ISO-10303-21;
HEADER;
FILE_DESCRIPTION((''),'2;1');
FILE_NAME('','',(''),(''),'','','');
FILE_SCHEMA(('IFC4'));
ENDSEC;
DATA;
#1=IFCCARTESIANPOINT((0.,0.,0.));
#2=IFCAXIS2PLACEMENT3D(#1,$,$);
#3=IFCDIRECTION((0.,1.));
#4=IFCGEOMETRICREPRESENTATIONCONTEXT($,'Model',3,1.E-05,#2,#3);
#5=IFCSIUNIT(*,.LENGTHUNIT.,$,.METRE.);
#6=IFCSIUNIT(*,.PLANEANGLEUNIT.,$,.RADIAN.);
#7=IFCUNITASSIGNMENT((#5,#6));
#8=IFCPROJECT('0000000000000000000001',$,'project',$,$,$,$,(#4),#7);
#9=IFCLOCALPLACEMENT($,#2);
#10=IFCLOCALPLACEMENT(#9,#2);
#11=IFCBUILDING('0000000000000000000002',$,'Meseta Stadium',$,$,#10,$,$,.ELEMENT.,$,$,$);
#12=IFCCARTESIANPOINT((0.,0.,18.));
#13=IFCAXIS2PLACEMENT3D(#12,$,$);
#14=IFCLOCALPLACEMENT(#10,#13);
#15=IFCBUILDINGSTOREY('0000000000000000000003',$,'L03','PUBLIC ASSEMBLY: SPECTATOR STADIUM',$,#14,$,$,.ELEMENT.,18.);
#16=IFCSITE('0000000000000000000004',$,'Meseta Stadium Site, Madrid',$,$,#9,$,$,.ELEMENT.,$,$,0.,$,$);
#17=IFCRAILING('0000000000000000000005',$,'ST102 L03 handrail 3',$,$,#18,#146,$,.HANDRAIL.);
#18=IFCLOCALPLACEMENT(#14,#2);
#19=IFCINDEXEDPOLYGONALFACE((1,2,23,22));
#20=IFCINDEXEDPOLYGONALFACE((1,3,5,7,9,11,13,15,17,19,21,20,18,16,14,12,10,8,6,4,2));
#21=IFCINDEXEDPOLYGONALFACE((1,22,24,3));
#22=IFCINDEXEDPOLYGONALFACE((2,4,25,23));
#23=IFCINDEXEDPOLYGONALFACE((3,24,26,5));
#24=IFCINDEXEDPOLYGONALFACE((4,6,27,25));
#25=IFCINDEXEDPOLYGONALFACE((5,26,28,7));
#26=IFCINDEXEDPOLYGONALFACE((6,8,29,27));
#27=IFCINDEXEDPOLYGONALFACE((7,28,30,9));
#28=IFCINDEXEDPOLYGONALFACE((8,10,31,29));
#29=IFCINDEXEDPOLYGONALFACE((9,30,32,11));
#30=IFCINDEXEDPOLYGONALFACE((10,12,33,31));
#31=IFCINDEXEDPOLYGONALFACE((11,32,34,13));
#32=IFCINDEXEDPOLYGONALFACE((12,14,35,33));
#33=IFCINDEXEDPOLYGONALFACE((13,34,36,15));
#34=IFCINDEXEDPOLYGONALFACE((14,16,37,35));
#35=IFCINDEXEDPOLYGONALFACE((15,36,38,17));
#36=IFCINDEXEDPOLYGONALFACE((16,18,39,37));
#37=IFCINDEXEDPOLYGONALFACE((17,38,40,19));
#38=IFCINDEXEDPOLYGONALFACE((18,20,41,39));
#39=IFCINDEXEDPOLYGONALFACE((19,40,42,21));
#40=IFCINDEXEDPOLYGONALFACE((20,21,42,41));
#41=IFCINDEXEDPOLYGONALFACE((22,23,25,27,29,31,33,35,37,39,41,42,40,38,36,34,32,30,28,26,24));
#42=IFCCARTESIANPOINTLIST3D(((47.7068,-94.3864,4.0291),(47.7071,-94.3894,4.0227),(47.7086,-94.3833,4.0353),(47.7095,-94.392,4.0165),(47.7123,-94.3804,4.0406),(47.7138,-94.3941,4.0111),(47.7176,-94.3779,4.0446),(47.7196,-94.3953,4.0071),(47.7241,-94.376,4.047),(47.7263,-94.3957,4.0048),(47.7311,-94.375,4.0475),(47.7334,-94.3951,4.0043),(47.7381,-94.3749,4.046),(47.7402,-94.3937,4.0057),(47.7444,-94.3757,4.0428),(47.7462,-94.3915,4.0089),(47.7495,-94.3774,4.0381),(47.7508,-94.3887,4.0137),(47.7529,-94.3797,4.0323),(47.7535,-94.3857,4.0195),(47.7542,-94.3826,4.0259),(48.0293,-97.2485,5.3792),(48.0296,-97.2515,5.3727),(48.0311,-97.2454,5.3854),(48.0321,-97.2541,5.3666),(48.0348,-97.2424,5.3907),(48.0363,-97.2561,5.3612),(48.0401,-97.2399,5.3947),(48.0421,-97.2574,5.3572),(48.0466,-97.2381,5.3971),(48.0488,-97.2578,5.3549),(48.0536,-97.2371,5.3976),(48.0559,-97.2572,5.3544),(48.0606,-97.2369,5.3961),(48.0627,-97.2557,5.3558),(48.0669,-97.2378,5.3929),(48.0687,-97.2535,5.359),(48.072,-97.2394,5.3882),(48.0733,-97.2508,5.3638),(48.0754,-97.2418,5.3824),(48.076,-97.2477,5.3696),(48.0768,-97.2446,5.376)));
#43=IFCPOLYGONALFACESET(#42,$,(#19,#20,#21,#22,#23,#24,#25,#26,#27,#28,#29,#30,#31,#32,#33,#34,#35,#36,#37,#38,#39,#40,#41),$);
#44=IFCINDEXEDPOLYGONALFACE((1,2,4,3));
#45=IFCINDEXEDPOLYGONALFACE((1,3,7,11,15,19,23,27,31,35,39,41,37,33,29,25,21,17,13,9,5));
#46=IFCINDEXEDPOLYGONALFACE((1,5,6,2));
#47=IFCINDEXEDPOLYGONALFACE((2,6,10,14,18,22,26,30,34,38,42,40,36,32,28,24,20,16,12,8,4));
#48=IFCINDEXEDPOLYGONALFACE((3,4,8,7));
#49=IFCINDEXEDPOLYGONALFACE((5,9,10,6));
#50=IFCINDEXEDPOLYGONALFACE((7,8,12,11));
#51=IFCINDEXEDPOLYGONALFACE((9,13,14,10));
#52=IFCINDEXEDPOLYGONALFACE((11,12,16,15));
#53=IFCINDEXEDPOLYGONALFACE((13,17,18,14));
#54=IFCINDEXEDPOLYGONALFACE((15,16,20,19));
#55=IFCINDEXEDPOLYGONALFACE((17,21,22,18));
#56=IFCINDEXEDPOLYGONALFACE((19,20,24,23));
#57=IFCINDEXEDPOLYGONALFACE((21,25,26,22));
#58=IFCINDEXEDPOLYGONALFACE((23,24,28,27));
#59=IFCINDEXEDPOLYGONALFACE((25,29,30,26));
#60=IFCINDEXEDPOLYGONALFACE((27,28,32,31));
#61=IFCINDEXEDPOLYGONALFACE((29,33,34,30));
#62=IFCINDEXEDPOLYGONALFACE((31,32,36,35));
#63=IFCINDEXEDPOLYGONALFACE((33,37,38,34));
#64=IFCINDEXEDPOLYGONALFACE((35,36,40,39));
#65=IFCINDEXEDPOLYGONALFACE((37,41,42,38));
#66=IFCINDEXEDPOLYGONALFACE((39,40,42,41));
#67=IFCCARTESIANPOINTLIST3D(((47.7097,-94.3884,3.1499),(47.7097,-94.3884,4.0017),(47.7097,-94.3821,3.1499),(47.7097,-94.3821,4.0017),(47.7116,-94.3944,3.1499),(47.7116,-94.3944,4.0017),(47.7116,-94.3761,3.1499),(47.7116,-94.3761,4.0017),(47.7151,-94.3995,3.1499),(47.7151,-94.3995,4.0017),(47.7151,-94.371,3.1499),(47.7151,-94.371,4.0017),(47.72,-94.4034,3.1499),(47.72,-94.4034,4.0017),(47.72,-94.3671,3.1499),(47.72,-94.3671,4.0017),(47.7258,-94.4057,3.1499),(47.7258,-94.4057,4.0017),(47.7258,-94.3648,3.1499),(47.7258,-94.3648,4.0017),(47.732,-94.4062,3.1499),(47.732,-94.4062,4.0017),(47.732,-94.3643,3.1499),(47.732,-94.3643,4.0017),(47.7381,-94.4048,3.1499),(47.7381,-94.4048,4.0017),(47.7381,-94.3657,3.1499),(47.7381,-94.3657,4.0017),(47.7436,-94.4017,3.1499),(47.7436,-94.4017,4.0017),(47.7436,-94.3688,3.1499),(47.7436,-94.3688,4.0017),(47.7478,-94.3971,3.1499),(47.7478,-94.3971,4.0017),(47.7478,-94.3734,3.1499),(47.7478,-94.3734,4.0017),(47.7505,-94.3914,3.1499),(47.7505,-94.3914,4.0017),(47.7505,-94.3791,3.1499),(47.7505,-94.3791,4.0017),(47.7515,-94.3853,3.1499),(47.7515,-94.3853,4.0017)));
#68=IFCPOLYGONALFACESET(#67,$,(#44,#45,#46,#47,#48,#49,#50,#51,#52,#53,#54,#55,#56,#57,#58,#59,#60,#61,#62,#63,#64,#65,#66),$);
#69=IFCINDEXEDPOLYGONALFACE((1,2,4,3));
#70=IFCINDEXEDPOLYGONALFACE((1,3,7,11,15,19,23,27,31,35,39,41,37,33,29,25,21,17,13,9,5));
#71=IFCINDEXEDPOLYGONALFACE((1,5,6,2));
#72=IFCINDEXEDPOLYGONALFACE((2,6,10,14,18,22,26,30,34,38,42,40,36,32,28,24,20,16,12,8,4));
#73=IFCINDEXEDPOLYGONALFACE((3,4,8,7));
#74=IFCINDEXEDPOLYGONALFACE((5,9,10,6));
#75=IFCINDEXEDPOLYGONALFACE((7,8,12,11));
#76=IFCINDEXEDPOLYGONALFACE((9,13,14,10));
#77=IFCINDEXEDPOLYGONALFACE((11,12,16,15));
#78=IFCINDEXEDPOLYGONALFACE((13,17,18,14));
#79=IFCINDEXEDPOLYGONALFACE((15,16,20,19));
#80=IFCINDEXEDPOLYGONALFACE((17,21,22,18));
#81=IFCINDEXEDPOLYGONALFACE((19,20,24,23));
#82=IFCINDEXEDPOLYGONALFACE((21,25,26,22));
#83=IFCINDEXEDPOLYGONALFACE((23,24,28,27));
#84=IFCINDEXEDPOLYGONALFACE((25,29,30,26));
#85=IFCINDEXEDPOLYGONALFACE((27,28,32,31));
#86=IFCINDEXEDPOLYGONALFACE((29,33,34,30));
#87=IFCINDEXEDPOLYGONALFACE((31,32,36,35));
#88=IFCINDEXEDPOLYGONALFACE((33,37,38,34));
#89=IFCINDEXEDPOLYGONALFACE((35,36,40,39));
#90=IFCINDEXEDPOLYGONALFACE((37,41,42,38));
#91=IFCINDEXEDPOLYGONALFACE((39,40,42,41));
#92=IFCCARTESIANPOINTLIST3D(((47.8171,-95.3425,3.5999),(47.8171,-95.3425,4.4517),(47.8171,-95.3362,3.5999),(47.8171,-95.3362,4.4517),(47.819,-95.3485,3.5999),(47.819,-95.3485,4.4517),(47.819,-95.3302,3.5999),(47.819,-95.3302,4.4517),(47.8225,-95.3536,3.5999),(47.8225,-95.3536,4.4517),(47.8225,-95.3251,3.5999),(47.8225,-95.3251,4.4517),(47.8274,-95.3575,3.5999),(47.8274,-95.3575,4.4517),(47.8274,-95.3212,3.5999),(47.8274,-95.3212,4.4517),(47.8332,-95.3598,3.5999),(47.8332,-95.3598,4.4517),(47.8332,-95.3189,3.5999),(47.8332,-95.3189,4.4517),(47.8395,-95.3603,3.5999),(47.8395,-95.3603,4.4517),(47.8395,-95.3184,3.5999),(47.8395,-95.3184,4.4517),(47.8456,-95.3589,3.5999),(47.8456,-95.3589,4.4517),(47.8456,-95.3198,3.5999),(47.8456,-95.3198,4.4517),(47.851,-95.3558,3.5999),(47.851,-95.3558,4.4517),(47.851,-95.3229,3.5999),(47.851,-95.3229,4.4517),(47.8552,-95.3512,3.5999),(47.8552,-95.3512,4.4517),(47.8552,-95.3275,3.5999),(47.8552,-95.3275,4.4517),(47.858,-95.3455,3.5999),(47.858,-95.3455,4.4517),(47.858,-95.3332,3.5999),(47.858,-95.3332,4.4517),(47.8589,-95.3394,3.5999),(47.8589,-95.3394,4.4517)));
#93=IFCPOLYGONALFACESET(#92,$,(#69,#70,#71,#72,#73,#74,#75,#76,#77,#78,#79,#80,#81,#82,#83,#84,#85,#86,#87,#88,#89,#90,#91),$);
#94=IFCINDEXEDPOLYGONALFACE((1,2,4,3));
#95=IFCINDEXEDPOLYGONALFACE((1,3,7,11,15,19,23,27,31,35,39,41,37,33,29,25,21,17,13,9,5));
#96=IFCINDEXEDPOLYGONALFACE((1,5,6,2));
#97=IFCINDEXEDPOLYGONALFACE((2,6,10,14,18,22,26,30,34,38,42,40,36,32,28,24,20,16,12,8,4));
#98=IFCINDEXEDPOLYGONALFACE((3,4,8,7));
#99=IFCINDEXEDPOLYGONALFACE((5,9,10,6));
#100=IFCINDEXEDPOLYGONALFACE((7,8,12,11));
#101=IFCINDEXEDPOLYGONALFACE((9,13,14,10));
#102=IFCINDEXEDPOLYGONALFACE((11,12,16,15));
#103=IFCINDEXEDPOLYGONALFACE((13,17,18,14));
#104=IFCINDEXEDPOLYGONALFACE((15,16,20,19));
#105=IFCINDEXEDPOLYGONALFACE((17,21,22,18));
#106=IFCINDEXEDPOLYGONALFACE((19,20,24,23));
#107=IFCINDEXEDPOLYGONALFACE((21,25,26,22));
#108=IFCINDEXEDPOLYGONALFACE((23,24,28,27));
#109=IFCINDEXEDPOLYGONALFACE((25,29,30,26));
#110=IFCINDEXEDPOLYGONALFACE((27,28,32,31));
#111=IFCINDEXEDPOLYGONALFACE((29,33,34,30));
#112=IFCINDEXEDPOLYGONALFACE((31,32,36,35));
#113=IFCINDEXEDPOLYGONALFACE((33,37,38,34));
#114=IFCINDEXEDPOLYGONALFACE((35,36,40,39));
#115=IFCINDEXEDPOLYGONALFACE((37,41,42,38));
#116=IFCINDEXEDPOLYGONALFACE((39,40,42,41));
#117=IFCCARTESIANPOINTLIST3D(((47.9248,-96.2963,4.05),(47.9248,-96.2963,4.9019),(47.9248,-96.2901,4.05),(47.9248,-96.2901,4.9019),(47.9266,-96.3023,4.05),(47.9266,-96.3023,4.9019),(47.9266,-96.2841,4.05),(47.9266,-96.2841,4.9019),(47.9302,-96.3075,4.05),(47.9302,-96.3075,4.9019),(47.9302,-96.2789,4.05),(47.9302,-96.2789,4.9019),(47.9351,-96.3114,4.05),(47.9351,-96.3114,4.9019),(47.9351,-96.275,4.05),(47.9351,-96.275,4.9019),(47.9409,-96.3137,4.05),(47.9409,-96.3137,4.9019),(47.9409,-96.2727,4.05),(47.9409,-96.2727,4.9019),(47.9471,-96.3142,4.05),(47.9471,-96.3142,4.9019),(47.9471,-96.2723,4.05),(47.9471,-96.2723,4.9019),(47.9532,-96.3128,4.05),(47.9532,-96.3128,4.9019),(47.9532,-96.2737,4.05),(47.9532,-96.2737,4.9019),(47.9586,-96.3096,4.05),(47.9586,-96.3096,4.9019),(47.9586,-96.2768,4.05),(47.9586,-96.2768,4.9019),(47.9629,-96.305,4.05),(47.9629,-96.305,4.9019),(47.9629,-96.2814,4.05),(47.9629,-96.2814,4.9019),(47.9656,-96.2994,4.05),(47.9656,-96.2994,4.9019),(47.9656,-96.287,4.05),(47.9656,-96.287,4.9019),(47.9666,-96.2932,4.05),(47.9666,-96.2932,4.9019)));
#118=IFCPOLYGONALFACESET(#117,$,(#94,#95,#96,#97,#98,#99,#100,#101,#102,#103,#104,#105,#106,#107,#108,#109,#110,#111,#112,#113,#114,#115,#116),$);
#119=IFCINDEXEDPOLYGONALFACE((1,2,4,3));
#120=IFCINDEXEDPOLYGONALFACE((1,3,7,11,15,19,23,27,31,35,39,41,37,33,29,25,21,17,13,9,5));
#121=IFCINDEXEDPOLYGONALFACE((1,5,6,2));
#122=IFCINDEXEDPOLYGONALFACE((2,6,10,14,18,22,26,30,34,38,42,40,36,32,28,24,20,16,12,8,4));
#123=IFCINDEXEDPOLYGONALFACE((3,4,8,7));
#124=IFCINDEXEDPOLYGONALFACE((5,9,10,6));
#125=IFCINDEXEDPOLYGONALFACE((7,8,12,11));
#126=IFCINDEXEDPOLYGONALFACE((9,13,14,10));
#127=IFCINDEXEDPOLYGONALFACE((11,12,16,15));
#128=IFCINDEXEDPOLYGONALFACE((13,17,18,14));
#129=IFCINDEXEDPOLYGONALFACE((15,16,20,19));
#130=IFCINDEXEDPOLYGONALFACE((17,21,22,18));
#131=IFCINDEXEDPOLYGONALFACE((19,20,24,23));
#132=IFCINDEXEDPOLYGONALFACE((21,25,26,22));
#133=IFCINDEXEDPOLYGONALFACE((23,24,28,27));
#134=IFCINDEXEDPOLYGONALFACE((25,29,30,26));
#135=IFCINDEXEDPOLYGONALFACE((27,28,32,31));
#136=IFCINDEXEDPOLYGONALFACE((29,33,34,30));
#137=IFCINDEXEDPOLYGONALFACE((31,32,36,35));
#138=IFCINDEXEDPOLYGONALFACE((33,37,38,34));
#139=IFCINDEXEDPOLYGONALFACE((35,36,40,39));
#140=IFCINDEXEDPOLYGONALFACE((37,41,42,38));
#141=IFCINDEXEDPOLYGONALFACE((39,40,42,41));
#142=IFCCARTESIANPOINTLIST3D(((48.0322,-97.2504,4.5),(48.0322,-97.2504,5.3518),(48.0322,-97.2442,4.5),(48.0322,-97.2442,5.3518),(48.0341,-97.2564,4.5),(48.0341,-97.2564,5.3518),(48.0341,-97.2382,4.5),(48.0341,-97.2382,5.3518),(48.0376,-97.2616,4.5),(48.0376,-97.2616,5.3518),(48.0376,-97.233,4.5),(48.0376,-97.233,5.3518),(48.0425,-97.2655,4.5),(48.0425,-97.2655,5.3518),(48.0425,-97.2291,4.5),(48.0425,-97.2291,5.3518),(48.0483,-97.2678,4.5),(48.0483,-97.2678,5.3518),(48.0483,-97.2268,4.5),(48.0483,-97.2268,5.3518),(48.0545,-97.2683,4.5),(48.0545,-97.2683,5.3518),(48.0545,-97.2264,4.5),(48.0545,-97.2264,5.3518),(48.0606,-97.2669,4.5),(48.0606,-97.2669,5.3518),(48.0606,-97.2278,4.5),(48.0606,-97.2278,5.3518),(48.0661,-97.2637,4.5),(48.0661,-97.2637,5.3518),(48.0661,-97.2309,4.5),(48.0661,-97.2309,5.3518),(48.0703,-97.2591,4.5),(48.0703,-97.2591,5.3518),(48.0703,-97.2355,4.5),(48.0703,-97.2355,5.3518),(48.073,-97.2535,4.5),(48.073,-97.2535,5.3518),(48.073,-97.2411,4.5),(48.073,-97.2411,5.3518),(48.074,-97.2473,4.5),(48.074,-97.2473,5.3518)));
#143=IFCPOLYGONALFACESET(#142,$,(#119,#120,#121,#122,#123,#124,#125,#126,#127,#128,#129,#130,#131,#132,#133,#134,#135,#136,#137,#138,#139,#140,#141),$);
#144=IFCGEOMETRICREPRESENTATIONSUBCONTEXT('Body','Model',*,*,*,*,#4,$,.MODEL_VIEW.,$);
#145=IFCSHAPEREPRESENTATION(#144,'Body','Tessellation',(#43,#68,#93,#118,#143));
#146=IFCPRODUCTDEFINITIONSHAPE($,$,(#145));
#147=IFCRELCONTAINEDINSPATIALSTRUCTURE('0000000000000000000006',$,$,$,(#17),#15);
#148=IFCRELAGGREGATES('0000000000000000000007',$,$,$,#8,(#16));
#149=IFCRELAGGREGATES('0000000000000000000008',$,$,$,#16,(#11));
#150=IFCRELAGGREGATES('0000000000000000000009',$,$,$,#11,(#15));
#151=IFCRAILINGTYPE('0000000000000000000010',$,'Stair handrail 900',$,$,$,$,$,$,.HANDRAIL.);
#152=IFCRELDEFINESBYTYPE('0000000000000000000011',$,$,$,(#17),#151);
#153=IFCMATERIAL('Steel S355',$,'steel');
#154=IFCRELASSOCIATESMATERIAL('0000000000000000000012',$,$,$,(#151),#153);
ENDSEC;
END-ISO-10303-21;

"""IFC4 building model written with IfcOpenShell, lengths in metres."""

from ifc_helpers import new_model, si_unit, direction, frame, origin, origin_2d, place, context, subcontext, project, spatial, circle, extrude, material, type_object, element, save


model = new_model("IFC4")

# Units and contexts
model_context = context("Model", 3, precision=1e-05, world=origin(), true_north=direction((0.0, 1.0)))
body_context = subcontext(model_context, "Body", "Model", "MODEL_VIEW")
ifc_project = project(units=[si_unit("LENGTHUNIT", "METRE"), si_unit("PLANEANGLEUNIT", "RADIAN")], contexts=[model_context])

# Site, building, storey
site_placement = place(None, origin())
site = spatial("IfcSite", under=ifc_project, at=site_placement, Name="Meseta Stadium Site, Madrid", CompositionType="ELEMENT", RefElevation=0.0)
building_placement = place(site_placement, origin())
building = spatial("IfcBuilding", under=site, at=building_placement, Name="Meseta Stadium", CompositionType="ELEMENT")
storey_placement = place(building_placement, frame((0.0, 0.0, 18.0)))
storey = spatial("IfcBuildingStorey", under=building, at=storey_placement, Name="L03", Description="PUBLIC ASSEMBLY: SPECTATOR STADIUM", CompositionType="ELEMENT", Elevation=18.0)

# Railing
ifc_material_1 = material(Name="Steel S355", Category="steel")
railing_type_1 = type_object("IfcRailingType", Name="Stair handrail 900", PredefinedType="HANDRAIL", material=ifc_material_1)
railing_1_placement = place(storey_placement, frame((47.7305, -94.3853, 3.1499)))
element("IfcRailing", 1, at=railing_1_placement, inside=storey, type_object=railing_type_1, Name="ST102 L03 handrail 3", PredefinedType="HANDRAIL", context=body_context, shape_type="SweptSolid", body=[
    extrude(circle(Radius=0.0239, at=origin_2d()), frame((0.0, 0.0, 0.876), z_axis=(0.101389, -0.899763, 0.424438), x_axis=(0.993711, 0.111976, 0.0)), (0.0, 0.0, 1.0), 3.1809),
    extrude(circle(Radius=0.021, at=origin_2d()), origin(), (0.0, 0.0, 1.0), 0.8518),
    extrude(circle(Radius=0.021, at=origin_2d()), frame((0.1074, -0.9541, 0.45)), (0.0, 0.0, 1.0), 0.8518),
    extrude(circle(Radius=0.021, at=origin_2d()), frame((0.2151, -1.908, 0.9001)), (0.0, 0.0, 1.0), 0.8518),
    extrude(circle(Radius=0.021, at=origin_2d()), frame((0.3225, -2.8621, 1.3501)), (0.0, 0.0, 1.0), 0.8518),
])

save(model, "model.ifc")
